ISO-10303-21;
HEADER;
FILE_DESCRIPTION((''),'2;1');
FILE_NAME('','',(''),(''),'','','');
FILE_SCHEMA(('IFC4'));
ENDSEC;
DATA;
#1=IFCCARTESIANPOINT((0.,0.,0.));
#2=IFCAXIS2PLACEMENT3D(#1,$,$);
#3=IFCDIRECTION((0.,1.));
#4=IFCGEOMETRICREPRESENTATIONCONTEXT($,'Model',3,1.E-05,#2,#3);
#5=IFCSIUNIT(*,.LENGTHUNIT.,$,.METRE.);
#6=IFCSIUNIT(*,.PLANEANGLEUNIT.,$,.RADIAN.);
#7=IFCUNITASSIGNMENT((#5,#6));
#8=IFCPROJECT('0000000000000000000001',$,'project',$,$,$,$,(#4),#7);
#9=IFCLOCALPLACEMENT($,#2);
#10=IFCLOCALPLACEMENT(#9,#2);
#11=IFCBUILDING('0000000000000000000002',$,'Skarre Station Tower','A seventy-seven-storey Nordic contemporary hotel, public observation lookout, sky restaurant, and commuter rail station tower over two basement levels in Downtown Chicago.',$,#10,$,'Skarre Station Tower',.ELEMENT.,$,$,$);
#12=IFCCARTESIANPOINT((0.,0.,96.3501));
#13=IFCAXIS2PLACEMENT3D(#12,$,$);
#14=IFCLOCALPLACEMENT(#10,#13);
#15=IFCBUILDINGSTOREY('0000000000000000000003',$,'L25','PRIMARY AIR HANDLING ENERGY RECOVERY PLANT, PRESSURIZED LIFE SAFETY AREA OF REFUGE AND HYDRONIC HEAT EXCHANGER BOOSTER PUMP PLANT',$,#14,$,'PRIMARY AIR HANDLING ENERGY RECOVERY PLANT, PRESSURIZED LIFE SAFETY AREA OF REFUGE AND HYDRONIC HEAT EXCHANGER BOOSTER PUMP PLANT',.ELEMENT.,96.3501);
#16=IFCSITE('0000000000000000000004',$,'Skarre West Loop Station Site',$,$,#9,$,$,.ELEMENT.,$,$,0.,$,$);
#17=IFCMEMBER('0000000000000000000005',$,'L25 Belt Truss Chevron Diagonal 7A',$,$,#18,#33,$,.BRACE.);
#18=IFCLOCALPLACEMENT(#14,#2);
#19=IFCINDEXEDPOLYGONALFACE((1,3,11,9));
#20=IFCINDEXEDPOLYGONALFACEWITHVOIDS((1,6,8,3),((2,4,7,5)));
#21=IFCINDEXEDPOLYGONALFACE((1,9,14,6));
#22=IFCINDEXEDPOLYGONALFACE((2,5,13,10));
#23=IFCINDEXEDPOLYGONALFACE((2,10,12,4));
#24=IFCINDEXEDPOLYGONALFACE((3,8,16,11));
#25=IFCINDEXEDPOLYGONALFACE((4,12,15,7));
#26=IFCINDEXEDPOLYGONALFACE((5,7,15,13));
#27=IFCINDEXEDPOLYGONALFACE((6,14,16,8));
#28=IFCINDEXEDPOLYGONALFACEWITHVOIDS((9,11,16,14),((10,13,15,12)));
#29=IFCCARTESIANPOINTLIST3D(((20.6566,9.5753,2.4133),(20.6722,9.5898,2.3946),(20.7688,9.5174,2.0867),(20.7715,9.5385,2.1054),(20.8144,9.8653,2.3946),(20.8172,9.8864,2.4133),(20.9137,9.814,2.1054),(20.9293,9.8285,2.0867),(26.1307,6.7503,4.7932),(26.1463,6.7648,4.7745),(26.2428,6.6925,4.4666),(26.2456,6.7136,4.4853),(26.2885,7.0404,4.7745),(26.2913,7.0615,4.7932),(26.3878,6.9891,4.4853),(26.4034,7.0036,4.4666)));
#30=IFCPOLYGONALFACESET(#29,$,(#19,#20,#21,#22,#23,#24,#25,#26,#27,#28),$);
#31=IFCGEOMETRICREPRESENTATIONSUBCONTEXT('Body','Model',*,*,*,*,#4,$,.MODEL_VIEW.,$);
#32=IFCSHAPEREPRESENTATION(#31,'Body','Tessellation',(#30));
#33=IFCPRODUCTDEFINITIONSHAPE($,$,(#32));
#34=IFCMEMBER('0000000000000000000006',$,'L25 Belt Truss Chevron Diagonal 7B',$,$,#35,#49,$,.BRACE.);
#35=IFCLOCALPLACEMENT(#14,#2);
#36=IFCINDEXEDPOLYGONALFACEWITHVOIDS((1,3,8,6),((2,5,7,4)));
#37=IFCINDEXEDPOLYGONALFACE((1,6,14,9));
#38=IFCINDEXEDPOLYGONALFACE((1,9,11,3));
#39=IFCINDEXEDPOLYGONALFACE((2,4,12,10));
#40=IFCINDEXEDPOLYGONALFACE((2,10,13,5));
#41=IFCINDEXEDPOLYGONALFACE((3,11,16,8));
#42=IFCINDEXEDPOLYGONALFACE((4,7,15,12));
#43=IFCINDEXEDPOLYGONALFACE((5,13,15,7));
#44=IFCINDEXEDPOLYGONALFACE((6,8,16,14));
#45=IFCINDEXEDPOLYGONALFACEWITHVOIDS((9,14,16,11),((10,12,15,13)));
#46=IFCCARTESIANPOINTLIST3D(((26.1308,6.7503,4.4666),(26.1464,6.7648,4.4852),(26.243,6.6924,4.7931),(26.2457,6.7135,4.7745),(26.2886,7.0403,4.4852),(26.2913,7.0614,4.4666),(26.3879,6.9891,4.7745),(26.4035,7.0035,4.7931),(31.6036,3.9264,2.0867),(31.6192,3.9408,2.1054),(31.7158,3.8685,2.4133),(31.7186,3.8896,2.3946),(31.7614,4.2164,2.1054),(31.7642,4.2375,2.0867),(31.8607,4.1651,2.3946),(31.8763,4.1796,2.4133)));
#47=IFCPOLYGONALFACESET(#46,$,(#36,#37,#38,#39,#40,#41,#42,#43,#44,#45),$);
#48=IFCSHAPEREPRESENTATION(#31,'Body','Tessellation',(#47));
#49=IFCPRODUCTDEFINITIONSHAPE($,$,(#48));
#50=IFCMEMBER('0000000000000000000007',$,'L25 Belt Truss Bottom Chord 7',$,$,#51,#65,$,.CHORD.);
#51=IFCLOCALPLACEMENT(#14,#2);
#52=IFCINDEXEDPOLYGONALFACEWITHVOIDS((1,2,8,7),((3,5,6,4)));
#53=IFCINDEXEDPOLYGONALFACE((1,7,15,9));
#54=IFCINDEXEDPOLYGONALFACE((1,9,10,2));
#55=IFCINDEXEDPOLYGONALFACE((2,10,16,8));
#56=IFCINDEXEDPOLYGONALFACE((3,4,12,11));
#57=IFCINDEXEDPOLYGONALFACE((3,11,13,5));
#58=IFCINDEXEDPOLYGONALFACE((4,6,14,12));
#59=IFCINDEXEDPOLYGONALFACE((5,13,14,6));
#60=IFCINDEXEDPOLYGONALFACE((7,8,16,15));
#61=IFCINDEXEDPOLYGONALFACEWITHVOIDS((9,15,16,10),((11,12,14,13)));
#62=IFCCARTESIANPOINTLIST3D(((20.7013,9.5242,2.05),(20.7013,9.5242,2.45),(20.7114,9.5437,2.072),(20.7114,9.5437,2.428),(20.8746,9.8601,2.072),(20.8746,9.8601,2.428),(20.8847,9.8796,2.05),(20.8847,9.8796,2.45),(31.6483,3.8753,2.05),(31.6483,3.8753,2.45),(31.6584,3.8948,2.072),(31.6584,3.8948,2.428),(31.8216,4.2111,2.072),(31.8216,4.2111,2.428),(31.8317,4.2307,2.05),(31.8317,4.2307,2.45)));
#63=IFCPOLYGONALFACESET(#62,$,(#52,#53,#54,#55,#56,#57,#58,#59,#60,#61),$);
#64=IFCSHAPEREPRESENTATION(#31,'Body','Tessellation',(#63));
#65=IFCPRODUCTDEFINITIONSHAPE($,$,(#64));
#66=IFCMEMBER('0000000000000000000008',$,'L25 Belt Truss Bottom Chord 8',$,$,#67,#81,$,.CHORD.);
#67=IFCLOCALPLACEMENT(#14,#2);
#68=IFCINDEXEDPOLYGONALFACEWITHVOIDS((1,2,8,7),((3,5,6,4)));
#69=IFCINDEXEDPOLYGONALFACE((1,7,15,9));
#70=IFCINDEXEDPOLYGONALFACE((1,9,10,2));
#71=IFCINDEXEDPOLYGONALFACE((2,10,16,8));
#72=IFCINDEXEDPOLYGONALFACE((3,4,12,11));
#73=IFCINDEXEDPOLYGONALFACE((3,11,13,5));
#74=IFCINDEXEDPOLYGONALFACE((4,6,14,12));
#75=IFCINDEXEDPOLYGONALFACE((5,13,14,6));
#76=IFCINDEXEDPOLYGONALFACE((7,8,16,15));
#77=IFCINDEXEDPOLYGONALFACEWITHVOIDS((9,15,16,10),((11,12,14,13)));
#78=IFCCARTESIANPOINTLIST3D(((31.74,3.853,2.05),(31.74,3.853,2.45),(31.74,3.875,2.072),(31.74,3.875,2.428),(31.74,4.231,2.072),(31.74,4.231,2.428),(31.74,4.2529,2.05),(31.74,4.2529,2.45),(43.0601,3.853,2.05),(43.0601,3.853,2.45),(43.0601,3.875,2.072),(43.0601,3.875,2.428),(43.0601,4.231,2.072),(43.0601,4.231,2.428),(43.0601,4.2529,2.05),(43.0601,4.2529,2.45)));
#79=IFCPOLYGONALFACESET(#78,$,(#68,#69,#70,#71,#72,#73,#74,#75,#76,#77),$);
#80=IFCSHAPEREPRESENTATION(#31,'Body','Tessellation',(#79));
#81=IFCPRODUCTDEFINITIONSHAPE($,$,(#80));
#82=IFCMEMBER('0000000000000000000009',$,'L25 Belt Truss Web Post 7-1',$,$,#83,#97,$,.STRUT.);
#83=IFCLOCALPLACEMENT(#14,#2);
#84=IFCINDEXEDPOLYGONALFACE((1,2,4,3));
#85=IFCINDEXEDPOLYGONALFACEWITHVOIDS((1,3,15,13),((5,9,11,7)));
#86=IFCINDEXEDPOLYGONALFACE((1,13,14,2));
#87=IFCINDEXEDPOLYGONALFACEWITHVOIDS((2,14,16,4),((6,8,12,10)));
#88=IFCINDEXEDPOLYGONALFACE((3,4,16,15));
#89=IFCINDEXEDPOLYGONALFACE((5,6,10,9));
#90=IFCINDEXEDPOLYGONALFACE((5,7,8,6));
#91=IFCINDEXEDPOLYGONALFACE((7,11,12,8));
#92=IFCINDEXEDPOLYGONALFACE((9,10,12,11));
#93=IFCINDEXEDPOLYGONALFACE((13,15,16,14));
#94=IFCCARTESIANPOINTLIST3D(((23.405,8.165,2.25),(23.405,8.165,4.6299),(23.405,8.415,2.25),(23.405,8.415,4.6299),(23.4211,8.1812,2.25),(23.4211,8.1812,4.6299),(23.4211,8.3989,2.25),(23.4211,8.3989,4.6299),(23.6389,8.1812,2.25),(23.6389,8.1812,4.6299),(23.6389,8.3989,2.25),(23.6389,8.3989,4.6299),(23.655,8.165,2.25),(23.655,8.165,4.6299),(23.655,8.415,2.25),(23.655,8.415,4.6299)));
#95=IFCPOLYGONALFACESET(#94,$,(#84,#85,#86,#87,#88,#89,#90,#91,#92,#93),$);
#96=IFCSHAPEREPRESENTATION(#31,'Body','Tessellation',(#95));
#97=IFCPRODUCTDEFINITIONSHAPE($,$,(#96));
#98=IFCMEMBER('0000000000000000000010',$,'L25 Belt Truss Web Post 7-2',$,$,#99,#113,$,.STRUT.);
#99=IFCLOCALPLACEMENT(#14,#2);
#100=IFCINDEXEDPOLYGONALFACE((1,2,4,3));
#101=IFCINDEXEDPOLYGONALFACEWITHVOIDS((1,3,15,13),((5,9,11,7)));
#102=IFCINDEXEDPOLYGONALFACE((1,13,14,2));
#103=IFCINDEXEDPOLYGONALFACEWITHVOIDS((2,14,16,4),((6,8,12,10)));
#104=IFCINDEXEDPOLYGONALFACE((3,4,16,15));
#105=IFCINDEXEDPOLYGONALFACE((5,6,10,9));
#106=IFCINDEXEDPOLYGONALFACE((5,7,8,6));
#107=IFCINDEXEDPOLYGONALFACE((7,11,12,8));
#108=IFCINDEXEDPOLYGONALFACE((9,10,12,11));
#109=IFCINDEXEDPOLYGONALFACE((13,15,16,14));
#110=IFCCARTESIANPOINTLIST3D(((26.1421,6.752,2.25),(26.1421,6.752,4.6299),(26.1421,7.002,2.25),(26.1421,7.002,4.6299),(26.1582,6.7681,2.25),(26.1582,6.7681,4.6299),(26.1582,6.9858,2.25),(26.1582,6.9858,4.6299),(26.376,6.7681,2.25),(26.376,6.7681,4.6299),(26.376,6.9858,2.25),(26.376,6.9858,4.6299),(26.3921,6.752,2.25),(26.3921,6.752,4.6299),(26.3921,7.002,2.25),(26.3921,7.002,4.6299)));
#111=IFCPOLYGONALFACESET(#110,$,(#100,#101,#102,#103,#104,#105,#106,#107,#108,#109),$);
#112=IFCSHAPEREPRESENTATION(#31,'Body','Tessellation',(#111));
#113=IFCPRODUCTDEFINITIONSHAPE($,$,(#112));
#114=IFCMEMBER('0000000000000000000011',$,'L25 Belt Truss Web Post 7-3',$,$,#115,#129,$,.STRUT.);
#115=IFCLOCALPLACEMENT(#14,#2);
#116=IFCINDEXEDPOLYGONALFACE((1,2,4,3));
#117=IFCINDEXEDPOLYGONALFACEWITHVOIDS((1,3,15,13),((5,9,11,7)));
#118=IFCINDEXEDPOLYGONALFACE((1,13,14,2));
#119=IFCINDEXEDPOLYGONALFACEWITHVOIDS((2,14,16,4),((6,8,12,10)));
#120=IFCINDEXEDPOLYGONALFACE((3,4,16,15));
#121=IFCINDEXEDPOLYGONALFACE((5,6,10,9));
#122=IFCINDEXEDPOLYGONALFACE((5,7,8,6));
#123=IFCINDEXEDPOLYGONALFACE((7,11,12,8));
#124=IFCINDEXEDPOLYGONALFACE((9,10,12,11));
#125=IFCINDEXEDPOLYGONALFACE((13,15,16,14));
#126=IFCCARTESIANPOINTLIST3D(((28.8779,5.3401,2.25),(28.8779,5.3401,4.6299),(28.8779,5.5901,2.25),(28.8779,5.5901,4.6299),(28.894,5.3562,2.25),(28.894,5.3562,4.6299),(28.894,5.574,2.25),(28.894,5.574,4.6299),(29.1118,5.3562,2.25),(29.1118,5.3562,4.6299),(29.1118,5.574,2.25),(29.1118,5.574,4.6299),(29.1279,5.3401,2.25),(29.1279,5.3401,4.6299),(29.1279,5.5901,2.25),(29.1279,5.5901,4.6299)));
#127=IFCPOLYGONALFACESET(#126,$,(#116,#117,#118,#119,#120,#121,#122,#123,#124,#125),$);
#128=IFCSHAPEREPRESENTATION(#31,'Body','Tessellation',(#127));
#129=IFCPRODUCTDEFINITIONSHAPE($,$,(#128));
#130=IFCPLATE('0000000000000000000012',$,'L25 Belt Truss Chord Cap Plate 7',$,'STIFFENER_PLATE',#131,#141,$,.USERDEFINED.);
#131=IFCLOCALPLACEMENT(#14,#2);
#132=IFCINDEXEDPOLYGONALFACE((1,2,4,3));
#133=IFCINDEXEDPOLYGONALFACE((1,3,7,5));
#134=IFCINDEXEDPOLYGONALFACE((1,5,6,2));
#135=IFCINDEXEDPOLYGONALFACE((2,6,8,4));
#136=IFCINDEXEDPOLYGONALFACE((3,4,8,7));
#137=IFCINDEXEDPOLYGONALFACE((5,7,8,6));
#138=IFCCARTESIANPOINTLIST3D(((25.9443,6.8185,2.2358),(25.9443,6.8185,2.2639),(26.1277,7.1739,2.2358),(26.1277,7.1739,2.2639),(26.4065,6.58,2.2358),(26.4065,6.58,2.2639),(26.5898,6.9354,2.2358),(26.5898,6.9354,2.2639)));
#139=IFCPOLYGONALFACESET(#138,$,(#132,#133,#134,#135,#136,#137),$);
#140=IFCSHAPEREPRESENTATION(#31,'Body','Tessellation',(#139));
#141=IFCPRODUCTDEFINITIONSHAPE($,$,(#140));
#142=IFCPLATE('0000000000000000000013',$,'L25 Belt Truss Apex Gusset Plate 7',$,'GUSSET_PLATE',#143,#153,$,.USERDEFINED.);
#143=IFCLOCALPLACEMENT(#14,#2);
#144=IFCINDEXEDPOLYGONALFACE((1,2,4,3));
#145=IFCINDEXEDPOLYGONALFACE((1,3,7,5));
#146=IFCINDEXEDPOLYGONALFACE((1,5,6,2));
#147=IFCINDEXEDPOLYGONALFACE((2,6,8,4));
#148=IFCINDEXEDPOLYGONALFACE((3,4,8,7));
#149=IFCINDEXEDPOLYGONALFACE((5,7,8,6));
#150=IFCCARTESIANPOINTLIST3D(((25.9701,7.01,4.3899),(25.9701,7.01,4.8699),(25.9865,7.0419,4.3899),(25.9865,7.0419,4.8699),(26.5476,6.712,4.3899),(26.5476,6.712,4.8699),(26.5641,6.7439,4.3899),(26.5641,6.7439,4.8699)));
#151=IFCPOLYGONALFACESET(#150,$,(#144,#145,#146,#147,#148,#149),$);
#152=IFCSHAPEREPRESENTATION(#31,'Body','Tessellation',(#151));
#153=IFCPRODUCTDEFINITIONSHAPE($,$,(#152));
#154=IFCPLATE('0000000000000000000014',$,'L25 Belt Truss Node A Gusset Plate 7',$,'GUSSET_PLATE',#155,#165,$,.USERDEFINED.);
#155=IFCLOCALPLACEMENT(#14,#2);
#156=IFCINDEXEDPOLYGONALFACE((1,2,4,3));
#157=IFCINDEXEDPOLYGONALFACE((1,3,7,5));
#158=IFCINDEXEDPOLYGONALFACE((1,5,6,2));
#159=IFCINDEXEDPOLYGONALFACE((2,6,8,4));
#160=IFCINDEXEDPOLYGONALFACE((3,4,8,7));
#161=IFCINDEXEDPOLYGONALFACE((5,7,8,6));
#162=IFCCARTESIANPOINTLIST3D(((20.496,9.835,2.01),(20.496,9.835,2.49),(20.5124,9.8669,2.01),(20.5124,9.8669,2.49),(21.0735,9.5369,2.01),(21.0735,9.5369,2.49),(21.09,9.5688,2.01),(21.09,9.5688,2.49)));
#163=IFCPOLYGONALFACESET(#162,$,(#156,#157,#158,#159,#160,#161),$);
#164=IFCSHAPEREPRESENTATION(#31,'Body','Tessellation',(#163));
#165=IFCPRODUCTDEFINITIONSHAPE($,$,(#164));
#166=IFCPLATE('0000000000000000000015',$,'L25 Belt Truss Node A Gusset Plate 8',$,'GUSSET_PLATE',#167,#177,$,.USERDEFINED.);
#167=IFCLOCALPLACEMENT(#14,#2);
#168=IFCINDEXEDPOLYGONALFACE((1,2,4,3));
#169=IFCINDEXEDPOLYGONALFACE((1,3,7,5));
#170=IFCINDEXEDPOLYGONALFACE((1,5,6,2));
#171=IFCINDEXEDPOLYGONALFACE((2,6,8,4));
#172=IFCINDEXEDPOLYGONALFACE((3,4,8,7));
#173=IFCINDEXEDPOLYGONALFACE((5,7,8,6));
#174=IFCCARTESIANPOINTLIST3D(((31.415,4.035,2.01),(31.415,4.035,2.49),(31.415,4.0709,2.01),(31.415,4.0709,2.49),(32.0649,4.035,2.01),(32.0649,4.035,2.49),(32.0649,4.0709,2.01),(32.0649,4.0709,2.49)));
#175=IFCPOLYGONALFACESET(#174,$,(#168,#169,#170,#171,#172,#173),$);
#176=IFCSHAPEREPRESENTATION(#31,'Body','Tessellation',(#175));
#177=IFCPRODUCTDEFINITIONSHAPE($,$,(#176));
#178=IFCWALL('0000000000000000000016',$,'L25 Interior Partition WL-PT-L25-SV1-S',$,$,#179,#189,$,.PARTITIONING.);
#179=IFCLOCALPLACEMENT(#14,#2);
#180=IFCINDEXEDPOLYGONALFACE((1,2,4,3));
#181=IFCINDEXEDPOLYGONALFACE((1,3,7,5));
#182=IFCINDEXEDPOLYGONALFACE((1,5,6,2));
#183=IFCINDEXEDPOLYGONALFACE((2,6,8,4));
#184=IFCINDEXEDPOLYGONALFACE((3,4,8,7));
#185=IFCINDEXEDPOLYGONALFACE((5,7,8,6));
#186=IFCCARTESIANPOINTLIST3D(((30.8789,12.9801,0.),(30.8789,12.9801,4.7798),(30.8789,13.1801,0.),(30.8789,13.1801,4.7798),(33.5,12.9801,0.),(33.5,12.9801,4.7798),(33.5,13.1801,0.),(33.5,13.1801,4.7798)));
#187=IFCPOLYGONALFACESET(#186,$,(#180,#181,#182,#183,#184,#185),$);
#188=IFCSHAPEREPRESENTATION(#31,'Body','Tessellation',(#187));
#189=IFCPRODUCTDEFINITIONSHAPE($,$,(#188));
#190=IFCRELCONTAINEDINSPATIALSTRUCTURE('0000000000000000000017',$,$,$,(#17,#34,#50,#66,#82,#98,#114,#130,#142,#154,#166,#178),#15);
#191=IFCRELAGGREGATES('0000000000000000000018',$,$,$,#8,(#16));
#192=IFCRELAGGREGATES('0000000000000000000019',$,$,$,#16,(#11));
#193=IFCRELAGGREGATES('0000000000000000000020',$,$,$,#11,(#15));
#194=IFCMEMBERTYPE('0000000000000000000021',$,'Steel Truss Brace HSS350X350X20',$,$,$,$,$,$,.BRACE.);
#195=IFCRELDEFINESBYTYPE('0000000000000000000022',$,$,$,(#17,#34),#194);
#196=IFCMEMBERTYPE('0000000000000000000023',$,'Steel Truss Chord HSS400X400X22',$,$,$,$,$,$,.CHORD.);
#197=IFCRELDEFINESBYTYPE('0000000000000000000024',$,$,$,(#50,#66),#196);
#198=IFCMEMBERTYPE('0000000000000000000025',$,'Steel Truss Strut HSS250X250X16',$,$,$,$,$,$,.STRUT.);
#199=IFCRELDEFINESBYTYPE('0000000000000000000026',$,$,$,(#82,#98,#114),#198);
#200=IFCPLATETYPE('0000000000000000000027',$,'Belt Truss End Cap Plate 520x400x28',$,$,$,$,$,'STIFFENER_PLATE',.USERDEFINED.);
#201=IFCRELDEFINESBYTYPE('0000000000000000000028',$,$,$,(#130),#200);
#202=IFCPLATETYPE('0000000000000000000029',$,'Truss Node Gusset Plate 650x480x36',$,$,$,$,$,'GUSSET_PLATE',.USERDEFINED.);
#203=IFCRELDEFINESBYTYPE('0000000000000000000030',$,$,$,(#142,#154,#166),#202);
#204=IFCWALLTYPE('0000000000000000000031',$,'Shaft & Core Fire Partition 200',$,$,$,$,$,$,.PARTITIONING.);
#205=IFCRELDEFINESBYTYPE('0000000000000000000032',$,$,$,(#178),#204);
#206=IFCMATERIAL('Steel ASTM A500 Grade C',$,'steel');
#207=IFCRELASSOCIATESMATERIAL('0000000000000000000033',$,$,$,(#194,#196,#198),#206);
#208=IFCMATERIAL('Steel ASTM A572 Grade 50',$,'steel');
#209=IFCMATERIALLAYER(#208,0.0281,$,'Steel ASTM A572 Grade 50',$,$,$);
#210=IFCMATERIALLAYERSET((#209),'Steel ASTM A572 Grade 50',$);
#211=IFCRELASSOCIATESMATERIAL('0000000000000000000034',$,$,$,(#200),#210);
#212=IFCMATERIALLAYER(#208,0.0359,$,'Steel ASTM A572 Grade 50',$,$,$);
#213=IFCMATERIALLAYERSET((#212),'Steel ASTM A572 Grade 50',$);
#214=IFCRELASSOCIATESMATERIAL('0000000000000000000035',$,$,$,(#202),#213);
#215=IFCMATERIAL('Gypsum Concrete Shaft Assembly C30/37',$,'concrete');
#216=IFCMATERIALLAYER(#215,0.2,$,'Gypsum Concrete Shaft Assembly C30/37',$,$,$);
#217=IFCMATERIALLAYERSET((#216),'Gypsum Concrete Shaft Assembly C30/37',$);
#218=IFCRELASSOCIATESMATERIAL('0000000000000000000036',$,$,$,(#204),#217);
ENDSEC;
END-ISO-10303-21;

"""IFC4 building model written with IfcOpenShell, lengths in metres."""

from ifc_helpers import new_model, si_unit, direction, frame, frame_2d, origin, origin_2d, place, context, subcontext, project, spatial, rectangle, hollow_rectangle, extrude, material, layer, layer_set, material_profile, profile_set, type_object, element, save


model = new_model("IFC4")

# Units and contexts
model_context = context("Model", 3, precision=1e-05, world=origin(), true_north=direction((0.0, 1.0)))
body_context = subcontext(model_context, "Body", "Model", "MODEL_VIEW")
ifc_project = project(units=[si_unit("LENGTHUNIT", "METRE"), si_unit("PLANEANGLEUNIT", "RADIAN")], contexts=[model_context])

# Site, building, storey
site_placement = place(None, origin())
site = spatial("IfcSite", under=ifc_project, at=site_placement, Name="Skarre West Loop Station Site", CompositionType="ELEMENT", RefElevation=0.0)
building_placement = place(site_placement, origin())
building = spatial("IfcBuilding", under=site, at=building_placement, Name="Skarre Station Tower", Description="A seventy-seven-storey Nordic contemporary hotel, public observation lookout, sky restaurant, and commuter rail station tower over two basement levels in Downtown Chicago.", LongName="Skarre Station Tower", CompositionType="ELEMENT")
storey_placement = place(building_placement, frame((0.0, 0.0, 96.3501)))
storey = spatial("IfcBuildingStorey", under=building, at=storey_placement, Name="L25", Description="PRIMARY AIR HANDLING ENERGY RECOVERY PLANT, PRESSURIZED LIFE SAFETY AREA OF REFUGE AND HYDRONIC HEAT EXCHANGER BOOSTER PUMP PLANT", LongName="PRIMARY AIR HANDLING ENERGY RECOVERY PLANT, PRESSURIZED LIFE SAFETY AREA OF REFUGE AND HYDRONIC HEAT EXCHANGER BOOSTER PUMP PLANT", CompositionType="ELEMENT", Elevation=96.3501)

# Members
ifc_material_1 = material(Name="Steel ASTM A500 Grade C", Category="steel")
ifc_material_profile_1 = material_profile(ifc_material_1, hollow_rectangle(XDim=0.3501, YDim=0.3501, WallThickness=0.02, at=origin_2d()), Name="Steel ASTM A500 Grade C")
ifc_profile_set_1 = profile_set([ifc_material_profile_1], Name="Steel ASTM A500 Grade C")
member_type_1 = type_object("IfcMemberType", Name="Steel Truss Brace HSS350X350X20", PredefinedType="BRACE", material=ifc_profile_set_1)
member_1_placement = place(storey_placement, frame((20.793, 9.7019, 2.25), z_axis=(0.828935, -0.427777, 0.360381), x_axis=(0.458591, 0.888647, 0.0)))
element("IfcMember", 1, at=member_1_placement, inside=storey, type_object=member_type_1, Name="L25 Belt Truss Chevron Diagonal 7A", PredefinedType="BRACE", context=body_context, shape_type="SweptSolid", body=[
    extrude(hollow_rectangle(XDim=0.3501, YDim=0.3501, WallThickness=0.02, at=origin_2d()), origin(), (0.0, 0.0, 1.0), 6.6038),
])
member_2_placement = place(storey_placement, frame((31.74, 4.053, 2.25), z_axis=(-0.828929, 0.427721, 0.360459), x_axis=(-0.458547, -0.88867, 0.0)))
element("IfcMember", 2, at=member_2_placement, inside=storey, type_object=member_type_1, Name="L25 Belt Truss Chevron Diagonal 7B", PredefinedType="BRACE", context=body_context, shape_type="SweptSolid", body=[
    extrude(hollow_rectangle(XDim=0.3501, YDim=0.3501, WallThickness=0.02, at=origin_2d()), origin(), (0.0, 0.0, 1.0), 6.6023),
])
ifc_material_profile_2 = material_profile(ifc_material_1, hollow_rectangle(XDim=0.3999, YDim=0.3999, WallThickness=0.022, at=origin_2d()), Name="Steel ASTM A500 Grade C")
ifc_profile_set_2 = profile_set([ifc_material_profile_2], Name="Steel ASTM A500 Grade C")
member_type_2 = type_object("IfcMemberType", Name="Steel Truss Chord HSS400X400X22", PredefinedType="CHORD", material=ifc_profile_set_2)
member_3_placement = place(storey_placement, frame((20.793, 9.7019, 2.25), z_axis=(0.888659, -0.458569, 0.0), x_axis=(0.458569, 0.888659, 0.0)))
element("IfcMember", 3, at=member_3_placement, inside=storey, type_object=member_type_2, Name="L25 Belt Truss Bottom Chord 7", PredefinedType="CHORD", context=body_context, shape_type="SweptSolid", body=[
    extrude(hollow_rectangle(XDim=0.3999, YDim=0.3999, WallThickness=0.022, at=origin_2d()), origin(), (0.0, 0.0, 1.0), 12.3186),
])
member_4_placement = place(storey_placement, frame((31.74, 4.053, 2.25), z_axis=(1.0, 0.0, 0.0), x_axis=(0.0, 1.0, 0.0)))
element("IfcMember", 4, at=member_4_placement, inside=storey, type_object=member_type_2, Name="L25 Belt Truss Bottom Chord 8", PredefinedType="CHORD", context=body_context, shape_type="SweptSolid", body=[
    extrude(hollow_rectangle(XDim=0.3999, YDim=0.3999, WallThickness=0.022, at=origin_2d()), origin(), (0.0, 0.0, 1.0), 11.3201),
])
ifc_material_profile_3 = material_profile(ifc_material_1, hollow_rectangle(XDim=0.25, YDim=0.25, WallThickness=0.0161, at=origin_2d()), Name="Steel ASTM A500 Grade C")
ifc_profile_set_3 = profile_set([ifc_material_profile_3], Name="Steel ASTM A500 Grade C")
member_type_3 = type_object("IfcMemberType", Name="Steel Truss Strut HSS250X250X16", PredefinedType="STRUT", material=ifc_profile_set_3)
for number, where, z_axis, x_axis, name in (
    (5, (23.53, 8.29, 2.25), (0.0, 0.0, 1.0), (1.0, 0.0, 0.0), "L25 Belt Truss Web Post 7-1"),
    (6, (26.2671, 6.877, 2.25), (0.0, 0.0, 1.0), (1.0, 0.0, 0.0), "L25 Belt Truss Web Post 7-2"),
    (7, (29.0029, 5.4651, 2.25), (0.0, 0.0, 1.0), (1.0, 0.0, 0.0), "L25 Belt Truss Web Post 7-3"),
):
    element("IfcMember", number, at=place(storey_placement, frame(where, z_axis=z_axis, x_axis=x_axis)), inside=storey, type_object=member_type_3, Name=name, PredefinedType="STRUT", context=body_context, shape_type="SweptSolid", body=[
        extrude(hollow_rectangle(XDim=0.25, YDim=0.25, WallThickness=0.0161, at=origin_2d()), origin(), (0.0, 0.0, 1.0), 2.3799),
    ])

# Plates
ifc_material_2 = material(Name="Steel ASTM A572 Grade 50", Category="steel")
ifc_layer_1 = layer(ifc_material_2, 0.0281, Name="Steel ASTM A572 Grade 50")
ifc_layer_set_1 = layer_set([ifc_layer_1], Name="Steel ASTM A572 Grade 50")
plate_type_1 = type_object("IfcPlateType", Name="Belt Truss End Cap Plate 520x400x28", ElementType="STIFFENER_PLATE", PredefinedType="USERDEFINED", material=ifc_layer_set_1)
plate_placement = place(storey_placement, frame((26.2671, 6.877, 2.2358), z_axis=(0.0, 0.0, 1.0), x_axis=(0.888657, -0.458572, 0.0)))
element("IfcPlate", 8, at=plate_placement, inside=storey, type_object=plate_type_1, Name="L25 Belt Truss Chord Cap Plate 7", ObjectType="STIFFENER_PLATE", PredefinedType="USERDEFINED", context=body_context, shape_type="SweptSolid", body=[
    extrude(rectangle(XDim=0.52, YDim=0.3999, at=origin_2d()), origin(), (0.0, 0.0, 1.0), 0.0281),
])
ifc_layer_2 = layer(ifc_material_2, 0.0359, Name="Steel ASTM A572 Grade 50")
ifc_layer_set_2 = layer_set([ifc_layer_2], Name="Steel ASTM A572 Grade 50")
plate_type_2 = type_object("IfcPlateType", Name="Truss Node Gusset Plate 650x480x36", ElementType="GUSSET_PLATE", PredefinedType="USERDEFINED", material=ifc_layer_set_2)
for number, where, z_axis, x_axis, name in (
    (9, (26.2671, 6.877, 4.3899), (0.0, 0.0, 1.0), (0.888657, -0.458572, 0.0), "L25 Belt Truss Apex Gusset Plate 7"),
    (10, (20.793, 9.7019, 2.01), (0.0, 0.0, 1.0), (0.888657, -0.458572, 0.0), "L25 Belt Truss Node A Gusset Plate 7"),
    (11, (31.74, 4.053, 2.01), (0.0, 0.0, 1.0), (1.0, 0.0, 0.0), "L25 Belt Truss Node A Gusset Plate 8"),
):
    element("IfcPlate", number, at=place(storey_placement, frame(where, z_axis=z_axis, x_axis=x_axis)), inside=storey, type_object=plate_type_2, Name=name, ObjectType="GUSSET_PLATE", PredefinedType="USERDEFINED", context=body_context, shape_type="SweptSolid", body=[
        extrude(rectangle(XDim=0.6499, YDim=0.0359, at=origin_2d()), origin(), (0.0, 0.0, 1.0), 0.48),
    ])

# Wall
ifc_material_3 = material(Name="Gypsum Concrete Shaft Assembly C30/37", Category="concrete")
ifc_layer_3 = layer(ifc_material_3, 0.2, Name="Gypsum Concrete Shaft Assembly C30/37")
ifc_layer_set_3 = layer_set([ifc_layer_3], Name="Gypsum Concrete Shaft Assembly C30/37")
wall_type = type_object("IfcWallType", Name="Shaft & Core Fire Partition 200", PredefinedType="PARTITIONING", material=ifc_layer_set_3)
wall_placement = place(storey_placement, frame((30.8789, 13.0801, 0.0), z_axis=(0.0, 0.0, 1.0), x_axis=(1.0, 0.0, 0.0)))
element("IfcWall", 12, at=wall_placement, inside=storey, type_object=wall_type, Name="L25 Interior Partition WL-PT-L25-SV1-S", PredefinedType="PARTITIONING", context=body_context, shape_type="SweptSolid", body=[
    extrude(rectangle(XDim=2.6211, YDim=0.2, at=frame_2d((1.3105, 0.0))), origin(), (0.0, 0.0, 1.0), 4.7798),
])

save(model, "model.ifc")
